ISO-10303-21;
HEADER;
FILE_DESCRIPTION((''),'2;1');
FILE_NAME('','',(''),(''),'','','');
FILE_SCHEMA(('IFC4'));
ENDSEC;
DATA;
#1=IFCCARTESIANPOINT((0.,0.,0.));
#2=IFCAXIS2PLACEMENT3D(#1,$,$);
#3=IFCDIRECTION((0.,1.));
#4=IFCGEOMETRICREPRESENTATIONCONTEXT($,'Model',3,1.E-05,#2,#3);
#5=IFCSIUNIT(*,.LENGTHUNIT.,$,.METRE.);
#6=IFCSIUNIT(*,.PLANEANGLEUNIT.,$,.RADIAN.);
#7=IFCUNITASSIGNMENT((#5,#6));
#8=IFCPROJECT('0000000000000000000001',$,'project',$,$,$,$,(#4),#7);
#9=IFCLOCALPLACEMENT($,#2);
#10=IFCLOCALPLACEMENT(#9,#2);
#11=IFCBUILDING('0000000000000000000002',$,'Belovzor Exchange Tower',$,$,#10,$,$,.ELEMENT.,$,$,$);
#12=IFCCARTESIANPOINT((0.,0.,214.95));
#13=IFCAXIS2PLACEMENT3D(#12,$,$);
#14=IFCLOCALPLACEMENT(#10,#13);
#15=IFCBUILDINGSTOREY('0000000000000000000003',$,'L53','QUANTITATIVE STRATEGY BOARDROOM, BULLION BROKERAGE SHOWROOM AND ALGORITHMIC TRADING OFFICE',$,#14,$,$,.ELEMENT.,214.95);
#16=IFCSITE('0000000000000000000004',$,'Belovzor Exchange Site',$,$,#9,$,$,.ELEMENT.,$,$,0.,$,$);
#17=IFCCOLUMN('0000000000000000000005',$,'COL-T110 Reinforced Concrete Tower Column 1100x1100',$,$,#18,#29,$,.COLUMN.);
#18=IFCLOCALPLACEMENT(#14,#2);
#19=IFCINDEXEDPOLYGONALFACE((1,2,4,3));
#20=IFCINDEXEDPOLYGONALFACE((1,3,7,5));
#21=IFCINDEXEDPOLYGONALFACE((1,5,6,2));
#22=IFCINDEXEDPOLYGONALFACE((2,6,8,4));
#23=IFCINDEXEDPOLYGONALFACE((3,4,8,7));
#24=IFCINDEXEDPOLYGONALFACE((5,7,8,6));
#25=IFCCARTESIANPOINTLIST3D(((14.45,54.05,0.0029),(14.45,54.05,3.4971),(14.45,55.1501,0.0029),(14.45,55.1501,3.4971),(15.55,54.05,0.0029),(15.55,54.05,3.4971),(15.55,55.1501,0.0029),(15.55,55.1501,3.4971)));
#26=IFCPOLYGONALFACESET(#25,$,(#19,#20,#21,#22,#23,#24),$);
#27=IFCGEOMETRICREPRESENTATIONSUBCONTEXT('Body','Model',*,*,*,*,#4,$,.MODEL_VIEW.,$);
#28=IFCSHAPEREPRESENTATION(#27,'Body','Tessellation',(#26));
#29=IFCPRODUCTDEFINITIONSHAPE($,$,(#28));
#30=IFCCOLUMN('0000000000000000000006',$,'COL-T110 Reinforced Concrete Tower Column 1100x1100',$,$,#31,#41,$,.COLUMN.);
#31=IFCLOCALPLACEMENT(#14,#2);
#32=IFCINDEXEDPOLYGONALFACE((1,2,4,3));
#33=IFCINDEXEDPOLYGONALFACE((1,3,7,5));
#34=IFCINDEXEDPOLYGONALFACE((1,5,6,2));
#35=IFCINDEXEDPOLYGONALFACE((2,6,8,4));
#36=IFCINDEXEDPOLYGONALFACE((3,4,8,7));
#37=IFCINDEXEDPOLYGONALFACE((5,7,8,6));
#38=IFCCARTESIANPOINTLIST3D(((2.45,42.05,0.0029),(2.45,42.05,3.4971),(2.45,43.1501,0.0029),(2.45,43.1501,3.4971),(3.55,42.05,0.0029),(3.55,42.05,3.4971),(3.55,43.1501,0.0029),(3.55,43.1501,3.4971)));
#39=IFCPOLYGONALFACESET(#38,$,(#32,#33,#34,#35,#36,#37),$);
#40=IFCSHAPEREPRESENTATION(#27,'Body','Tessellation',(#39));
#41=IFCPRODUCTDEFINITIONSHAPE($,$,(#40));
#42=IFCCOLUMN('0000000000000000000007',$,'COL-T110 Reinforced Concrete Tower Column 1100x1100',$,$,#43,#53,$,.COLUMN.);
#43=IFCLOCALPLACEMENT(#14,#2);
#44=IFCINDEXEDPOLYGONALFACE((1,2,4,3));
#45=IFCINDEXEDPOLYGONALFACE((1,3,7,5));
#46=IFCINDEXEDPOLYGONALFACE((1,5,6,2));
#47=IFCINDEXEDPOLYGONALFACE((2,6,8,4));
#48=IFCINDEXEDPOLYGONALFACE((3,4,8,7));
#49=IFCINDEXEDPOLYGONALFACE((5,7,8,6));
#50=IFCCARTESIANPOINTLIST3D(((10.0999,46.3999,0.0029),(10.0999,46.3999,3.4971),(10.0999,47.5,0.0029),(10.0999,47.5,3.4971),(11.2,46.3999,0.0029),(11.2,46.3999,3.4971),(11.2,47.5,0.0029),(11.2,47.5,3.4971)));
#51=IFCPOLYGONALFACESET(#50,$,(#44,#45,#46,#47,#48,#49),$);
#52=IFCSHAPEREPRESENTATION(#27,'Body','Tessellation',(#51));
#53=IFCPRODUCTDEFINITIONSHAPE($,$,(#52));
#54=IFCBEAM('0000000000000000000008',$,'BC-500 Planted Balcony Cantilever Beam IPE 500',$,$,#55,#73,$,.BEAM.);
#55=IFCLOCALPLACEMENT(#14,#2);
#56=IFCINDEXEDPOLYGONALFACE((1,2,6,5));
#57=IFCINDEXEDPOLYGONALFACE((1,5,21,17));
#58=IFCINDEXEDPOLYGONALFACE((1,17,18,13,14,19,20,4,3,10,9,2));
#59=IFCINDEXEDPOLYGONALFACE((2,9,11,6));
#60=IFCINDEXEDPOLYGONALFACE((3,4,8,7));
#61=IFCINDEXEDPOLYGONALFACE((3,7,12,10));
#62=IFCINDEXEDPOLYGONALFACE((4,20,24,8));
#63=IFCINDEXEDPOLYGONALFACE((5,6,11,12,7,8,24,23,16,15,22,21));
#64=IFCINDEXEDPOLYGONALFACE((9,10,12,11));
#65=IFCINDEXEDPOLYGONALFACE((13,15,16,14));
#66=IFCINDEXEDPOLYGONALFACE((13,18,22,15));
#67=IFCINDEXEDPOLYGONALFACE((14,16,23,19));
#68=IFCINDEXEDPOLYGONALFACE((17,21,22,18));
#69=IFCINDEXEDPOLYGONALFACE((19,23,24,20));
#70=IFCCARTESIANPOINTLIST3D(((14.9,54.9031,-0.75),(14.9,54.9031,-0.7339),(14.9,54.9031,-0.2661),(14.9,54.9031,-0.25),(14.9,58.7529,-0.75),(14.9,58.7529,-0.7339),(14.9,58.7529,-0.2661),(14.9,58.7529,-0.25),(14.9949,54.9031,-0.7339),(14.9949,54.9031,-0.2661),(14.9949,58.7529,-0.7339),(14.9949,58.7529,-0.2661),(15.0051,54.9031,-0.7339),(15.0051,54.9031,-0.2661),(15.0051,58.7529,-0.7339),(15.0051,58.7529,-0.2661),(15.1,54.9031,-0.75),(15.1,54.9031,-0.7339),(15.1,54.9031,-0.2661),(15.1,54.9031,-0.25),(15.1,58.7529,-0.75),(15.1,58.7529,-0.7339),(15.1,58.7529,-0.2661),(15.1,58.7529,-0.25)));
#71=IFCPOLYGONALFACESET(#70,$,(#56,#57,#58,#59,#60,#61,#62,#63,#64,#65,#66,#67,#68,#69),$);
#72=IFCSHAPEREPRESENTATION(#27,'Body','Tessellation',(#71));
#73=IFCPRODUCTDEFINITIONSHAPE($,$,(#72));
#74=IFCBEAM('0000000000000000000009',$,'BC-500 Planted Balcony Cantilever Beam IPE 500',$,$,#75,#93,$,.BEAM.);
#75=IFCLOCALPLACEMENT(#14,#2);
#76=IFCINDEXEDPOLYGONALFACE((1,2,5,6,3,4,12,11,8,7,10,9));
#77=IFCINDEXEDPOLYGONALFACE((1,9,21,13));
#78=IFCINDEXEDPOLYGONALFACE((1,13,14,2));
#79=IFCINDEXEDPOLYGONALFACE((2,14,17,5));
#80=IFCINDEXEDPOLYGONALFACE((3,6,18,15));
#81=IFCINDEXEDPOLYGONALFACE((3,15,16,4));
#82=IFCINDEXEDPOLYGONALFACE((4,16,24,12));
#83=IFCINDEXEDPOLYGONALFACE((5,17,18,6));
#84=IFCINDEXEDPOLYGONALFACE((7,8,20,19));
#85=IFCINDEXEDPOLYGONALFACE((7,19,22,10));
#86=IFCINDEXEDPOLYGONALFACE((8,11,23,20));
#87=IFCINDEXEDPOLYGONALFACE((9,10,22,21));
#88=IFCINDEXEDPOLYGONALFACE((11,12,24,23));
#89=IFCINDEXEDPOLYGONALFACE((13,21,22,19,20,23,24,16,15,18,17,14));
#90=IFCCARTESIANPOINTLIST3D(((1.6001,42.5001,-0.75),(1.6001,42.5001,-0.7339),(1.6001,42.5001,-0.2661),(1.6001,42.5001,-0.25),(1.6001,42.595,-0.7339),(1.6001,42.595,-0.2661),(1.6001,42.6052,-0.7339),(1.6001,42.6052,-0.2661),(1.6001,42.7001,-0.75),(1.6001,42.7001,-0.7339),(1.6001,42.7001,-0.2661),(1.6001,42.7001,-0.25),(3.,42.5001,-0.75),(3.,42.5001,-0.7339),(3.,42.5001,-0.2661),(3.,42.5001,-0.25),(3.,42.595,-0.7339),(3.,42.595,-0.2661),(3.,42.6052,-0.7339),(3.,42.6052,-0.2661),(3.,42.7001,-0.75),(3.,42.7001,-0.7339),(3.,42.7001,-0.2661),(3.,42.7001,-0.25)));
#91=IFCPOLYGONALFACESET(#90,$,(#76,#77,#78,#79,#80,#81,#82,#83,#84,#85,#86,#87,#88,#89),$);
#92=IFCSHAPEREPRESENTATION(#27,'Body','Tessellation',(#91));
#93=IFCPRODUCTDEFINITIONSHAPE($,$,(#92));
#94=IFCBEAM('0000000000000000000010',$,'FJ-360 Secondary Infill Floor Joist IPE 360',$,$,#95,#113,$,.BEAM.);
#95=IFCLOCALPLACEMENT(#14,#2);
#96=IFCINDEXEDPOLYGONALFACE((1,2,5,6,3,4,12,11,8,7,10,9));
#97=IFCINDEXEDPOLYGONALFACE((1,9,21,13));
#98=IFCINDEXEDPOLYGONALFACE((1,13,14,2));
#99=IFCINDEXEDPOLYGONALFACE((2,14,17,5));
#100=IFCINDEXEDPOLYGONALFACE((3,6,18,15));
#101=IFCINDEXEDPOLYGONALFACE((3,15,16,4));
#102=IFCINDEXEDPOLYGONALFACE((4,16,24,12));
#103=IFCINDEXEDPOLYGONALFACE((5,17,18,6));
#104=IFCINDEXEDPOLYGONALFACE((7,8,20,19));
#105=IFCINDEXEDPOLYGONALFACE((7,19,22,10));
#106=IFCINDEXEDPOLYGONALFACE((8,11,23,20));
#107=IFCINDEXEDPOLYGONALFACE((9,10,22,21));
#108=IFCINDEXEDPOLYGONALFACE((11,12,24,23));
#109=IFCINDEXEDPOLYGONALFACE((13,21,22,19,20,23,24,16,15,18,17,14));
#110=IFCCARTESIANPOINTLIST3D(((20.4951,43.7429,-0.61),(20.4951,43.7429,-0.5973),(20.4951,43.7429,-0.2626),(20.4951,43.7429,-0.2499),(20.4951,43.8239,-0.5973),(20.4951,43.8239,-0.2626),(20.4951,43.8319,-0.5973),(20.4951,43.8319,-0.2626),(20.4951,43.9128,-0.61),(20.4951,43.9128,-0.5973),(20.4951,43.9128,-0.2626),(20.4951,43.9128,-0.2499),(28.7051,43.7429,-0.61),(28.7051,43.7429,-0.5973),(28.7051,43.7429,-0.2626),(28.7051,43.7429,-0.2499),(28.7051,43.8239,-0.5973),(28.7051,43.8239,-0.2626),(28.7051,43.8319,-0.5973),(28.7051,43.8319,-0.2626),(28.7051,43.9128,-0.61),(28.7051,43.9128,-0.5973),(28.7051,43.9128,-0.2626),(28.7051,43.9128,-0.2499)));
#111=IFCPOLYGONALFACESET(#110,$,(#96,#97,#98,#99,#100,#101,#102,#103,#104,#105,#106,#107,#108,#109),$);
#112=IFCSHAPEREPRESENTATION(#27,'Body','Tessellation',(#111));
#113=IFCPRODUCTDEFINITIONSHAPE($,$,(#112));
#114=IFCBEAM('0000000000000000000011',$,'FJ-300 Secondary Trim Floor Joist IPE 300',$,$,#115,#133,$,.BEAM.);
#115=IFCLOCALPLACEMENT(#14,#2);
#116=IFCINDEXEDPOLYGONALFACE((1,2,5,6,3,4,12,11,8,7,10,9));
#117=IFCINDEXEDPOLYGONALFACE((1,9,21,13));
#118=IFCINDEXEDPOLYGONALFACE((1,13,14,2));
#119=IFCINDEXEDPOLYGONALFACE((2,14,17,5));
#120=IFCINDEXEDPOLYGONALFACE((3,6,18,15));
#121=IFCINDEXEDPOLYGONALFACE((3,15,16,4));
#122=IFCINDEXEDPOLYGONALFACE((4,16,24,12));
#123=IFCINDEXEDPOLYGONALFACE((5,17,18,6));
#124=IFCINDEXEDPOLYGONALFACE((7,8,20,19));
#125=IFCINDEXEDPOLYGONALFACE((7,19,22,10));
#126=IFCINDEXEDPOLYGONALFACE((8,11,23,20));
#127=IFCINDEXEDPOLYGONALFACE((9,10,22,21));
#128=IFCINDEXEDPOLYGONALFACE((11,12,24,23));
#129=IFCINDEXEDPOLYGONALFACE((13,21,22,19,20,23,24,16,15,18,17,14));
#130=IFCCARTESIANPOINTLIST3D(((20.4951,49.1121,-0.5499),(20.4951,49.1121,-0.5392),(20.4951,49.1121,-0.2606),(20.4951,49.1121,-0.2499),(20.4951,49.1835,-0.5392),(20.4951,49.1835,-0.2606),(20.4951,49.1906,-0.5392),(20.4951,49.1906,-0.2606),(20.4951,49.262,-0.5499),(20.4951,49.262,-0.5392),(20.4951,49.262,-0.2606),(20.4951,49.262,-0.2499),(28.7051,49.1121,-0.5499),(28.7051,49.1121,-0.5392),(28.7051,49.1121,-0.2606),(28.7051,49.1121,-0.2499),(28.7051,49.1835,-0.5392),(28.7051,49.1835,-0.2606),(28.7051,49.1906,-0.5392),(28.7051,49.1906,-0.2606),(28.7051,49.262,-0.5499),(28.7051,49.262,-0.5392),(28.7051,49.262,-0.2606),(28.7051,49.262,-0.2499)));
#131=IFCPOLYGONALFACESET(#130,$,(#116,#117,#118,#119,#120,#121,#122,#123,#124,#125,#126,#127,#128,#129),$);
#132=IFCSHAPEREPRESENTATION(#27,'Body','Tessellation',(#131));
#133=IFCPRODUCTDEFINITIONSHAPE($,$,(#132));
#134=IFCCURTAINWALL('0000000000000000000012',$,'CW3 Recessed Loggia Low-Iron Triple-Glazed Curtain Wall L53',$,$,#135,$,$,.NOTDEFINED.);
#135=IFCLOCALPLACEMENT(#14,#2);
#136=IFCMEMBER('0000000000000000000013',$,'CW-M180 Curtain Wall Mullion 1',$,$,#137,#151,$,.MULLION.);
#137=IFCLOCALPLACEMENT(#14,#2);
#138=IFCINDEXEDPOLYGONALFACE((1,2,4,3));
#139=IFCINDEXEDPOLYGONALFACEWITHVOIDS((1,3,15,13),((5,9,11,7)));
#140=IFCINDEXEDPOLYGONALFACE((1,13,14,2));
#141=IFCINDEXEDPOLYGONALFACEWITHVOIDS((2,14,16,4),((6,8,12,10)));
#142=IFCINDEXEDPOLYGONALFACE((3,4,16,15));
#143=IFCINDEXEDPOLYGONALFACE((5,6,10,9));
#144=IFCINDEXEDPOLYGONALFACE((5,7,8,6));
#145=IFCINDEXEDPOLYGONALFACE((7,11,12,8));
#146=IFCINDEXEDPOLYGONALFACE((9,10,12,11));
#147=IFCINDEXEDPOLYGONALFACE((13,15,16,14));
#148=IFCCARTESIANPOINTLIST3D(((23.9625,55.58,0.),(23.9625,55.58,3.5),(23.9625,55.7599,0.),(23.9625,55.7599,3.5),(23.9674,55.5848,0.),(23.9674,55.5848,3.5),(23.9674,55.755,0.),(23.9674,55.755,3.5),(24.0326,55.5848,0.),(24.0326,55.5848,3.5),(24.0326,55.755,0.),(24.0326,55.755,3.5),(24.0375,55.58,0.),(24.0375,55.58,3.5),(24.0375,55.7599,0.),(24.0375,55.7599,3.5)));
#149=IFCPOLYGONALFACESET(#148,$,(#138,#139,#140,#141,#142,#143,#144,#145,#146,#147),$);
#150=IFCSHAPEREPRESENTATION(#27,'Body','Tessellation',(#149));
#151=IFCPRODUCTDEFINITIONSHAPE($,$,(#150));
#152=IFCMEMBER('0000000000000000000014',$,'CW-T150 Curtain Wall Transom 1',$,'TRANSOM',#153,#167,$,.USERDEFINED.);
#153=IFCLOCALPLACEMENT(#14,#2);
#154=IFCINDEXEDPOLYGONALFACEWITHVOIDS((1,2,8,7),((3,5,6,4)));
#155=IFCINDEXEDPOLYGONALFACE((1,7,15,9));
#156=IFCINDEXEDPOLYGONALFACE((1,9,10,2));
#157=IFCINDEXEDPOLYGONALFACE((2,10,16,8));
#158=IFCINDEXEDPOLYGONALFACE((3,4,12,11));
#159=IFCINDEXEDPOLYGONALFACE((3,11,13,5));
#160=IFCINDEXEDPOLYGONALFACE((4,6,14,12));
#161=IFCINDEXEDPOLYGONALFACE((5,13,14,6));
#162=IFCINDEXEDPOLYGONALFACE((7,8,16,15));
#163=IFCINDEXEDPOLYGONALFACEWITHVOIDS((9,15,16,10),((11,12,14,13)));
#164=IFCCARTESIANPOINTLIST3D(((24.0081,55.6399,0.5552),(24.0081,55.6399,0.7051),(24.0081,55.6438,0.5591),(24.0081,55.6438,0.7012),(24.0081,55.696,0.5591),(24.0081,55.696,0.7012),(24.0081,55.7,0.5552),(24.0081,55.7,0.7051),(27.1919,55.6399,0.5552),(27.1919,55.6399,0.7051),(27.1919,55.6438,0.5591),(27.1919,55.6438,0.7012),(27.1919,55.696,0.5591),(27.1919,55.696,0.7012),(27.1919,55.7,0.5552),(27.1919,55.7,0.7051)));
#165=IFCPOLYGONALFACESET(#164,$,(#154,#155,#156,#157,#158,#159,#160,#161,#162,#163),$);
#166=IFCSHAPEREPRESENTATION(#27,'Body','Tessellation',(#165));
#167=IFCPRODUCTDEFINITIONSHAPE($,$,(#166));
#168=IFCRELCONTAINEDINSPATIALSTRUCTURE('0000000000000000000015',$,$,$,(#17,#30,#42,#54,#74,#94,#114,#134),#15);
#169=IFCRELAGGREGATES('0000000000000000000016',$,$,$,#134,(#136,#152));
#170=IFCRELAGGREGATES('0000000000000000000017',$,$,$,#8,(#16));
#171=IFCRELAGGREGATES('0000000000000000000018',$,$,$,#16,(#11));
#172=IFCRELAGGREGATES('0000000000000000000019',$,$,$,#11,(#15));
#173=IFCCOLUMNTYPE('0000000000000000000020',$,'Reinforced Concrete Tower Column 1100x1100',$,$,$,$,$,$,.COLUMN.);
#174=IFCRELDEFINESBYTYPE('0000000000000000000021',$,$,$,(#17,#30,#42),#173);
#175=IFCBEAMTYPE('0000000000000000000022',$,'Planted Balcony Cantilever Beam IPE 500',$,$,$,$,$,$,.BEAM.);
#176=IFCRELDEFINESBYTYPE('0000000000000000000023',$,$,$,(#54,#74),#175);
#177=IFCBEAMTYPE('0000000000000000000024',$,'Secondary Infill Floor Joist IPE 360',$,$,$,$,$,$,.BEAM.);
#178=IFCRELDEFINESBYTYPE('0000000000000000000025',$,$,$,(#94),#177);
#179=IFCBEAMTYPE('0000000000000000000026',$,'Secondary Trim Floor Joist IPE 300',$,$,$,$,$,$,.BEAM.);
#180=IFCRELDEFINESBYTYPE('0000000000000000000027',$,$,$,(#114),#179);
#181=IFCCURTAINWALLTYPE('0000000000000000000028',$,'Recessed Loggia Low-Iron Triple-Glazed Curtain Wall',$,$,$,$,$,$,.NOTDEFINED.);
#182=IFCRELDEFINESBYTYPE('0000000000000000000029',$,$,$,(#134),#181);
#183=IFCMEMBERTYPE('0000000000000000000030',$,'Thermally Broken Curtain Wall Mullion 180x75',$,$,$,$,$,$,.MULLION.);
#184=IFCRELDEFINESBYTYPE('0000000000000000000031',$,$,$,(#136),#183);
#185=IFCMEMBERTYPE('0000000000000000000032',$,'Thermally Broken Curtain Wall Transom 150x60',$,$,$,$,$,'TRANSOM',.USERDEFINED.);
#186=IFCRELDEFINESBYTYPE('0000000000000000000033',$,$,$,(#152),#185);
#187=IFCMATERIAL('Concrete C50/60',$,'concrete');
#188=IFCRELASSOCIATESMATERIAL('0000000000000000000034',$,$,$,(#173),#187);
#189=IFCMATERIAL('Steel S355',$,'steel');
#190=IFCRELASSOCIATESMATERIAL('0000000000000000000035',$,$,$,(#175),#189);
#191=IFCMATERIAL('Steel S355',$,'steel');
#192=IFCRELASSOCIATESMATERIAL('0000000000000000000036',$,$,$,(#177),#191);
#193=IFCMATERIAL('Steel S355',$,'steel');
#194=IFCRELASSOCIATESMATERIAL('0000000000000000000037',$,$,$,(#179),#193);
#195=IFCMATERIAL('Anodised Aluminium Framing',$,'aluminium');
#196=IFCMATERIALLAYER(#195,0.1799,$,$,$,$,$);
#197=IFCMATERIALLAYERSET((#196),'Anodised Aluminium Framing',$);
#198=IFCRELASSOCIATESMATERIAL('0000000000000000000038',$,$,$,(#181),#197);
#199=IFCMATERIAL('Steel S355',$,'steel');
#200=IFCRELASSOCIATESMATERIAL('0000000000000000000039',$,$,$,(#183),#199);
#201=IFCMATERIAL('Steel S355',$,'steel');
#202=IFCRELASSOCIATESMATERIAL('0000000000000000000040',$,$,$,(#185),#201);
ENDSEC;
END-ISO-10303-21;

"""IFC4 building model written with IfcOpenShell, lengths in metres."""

from ifc_helpers import new_model, si_unit, direction, frame, origin, origin_2d, place, context, subcontext, project, spatial, rectangle, hollow_rectangle, i_section, extrude, material, layer, layer_set, material_profile, profile_set, type_object, element, aggregate, save


model = new_model("IFC4")

# Units and contexts
model_context = context("Model", 3, precision=1e-05, world=origin(), true_north=direction((0.0, 1.0)))
body_context = subcontext(model_context, "Body", "Model", "MODEL_VIEW")
ifc_project = project(units=[si_unit("LENGTHUNIT", "METRE"), si_unit("PLANEANGLEUNIT", "RADIAN")], contexts=[model_context])

# Site, building, storey
site_placement = place(None, origin())
site = spatial("IfcSite", under=ifc_project, at=site_placement, Name="Belovzor Exchange Site", CompositionType="ELEMENT", RefElevation=0.0)
building_placement = place(site_placement, origin())
building = spatial("IfcBuilding", under=site, at=building_placement, Name="Belovzor Exchange Tower", CompositionType="ELEMENT")
storey_placement = place(building_placement, frame((0.0, 0.0, 214.95)))
storey = spatial("IfcBuildingStorey", under=building, at=storey_placement, Name="L53", Description="QUANTITATIVE STRATEGY BOARDROOM, BULLION BROKERAGE SHOWROOM AND ALGORITHMIC TRADING OFFICE", CompositionType="ELEMENT", Elevation=214.95)

# Columns
ifc_material_1 = material(Name="Concrete C50/60", Category="concrete")
ifc_material_profile_1 = material_profile(ifc_material_1, rectangle(XDim=1.1001, YDim=1.1001, at=origin_2d()))
ifc_profile_set_1 = profile_set([ifc_material_profile_1], Name="Concrete C50/60")
column_type = type_object("IfcColumnType", Name="Reinforced Concrete Tower Column 1100x1100", PredefinedType="COLUMN", material=ifc_profile_set_1)
for number, where, z_axis, x_axis, name in (
    (1, (15.0, 54.6001, 0.0029), (0.0, 0.0, 1.0), (1.0, 0.0, 0.0), "COL-T110 Reinforced Concrete Tower Column 1100x1100"),
    (2, (3.0, 42.6001, 0.0029), (0.0, 0.0, 1.0), (1.0, 0.0, 0.0), "COL-T110 Reinforced Concrete Tower Column 1100x1100"),
    (3, (10.6499, 46.95, 0.0029), (0.0, 0.0, 1.0), (1.0, 0.0, 0.0), "COL-T110 Reinforced Concrete Tower Column 1100x1100"),
):
    element("IfcColumn", number, at=place(storey_placement, frame(where, z_axis=z_axis, x_axis=x_axis)), inside=storey, type_object=column_type, Name=name, PredefinedType="COLUMN", context=body_context, shape_type="SweptSolid", body=[
        extrude(rectangle(XDim=1.1001, YDim=1.1001, at=origin_2d()), origin(), (0.0, 0.0, 1.0), 3.4941),
    ])

# Beams
ifc_material_2 = material(Name="Steel S355", Category="steel")
ifc_material_profile_2 = material_profile(ifc_material_2, i_section(OverallWidth=0.2, OverallDepth=0.5, WebThickness=0.0103, FlangeThickness=0.0161, at=origin_2d()))
ifc_profile_set_2 = profile_set([ifc_material_profile_2], Name="Steel S355")
beam_type_1 = type_object("IfcBeamType", Name="Planted Balcony Cantilever Beam IPE 500", PredefinedType="BEAM", material=ifc_profile_set_2)
beam_1_placement = place(storey_placement, frame((15.0, 54.9031, -0.5), z_axis=(0.0, 1.0, 0.0), x_axis=(-1.0, 0.0, 0.0)))
element("IfcBeam", 4, at=beam_1_placement, inside=storey, type_object=beam_type_1, Name="BC-500 Planted Balcony Cantilever Beam IPE 500", PredefinedType="BEAM", context=body_context, shape_type="SweptSolid", body=[
    extrude(i_section(OverallWidth=0.2, OverallDepth=0.5, WebThickness=0.0103, FlangeThickness=0.0161, at=origin_2d()), origin(), (0.0, 0.0, 1.0), 3.8499),
])
beam_2_placement = place(storey_placement, frame((3.0, 42.6001, -0.5), z_axis=(-1.0, 0.0, 0.0), x_axis=(0.0, -1.0, 0.0)))
element("IfcBeam", 5, at=beam_2_placement, inside=storey, type_object=beam_type_1, Name="BC-500 Planted Balcony Cantilever Beam IPE 500", PredefinedType="BEAM", context=body_context, shape_type="SweptSolid", body=[
    extrude(i_section(OverallWidth=0.2, OverallDepth=0.5, WebThickness=0.0103, FlangeThickness=0.0161, at=origin_2d()), origin(), (0.0, 0.0, 1.0), 1.3999),
])
ifc_material_3 = material(Name="Steel S355", Category="steel")
ifc_material_profile_3 = material_profile(ifc_material_3, i_section(OverallWidth=0.1699, OverallDepth=0.3601, WebThickness=0.0081, FlangeThickness=0.0127, at=origin_2d()))
ifc_profile_set_3 = profile_set([ifc_material_profile_3], Name="Steel S355")
beam_type_2 = type_object("IfcBeamType", Name="Secondary Infill Floor Joist IPE 360", PredefinedType="BEAM", material=ifc_profile_set_3)
beam_3_placement = place(storey_placement, frame((20.4951, 43.8279, -0.4299), z_axis=(1.0, 0.0, 0.0), x_axis=(0.0, 1.0, 0.0)))
element("IfcBeam", 6, at=beam_3_placement, inside=storey, type_object=beam_type_2, Name="FJ-360 Secondary Infill Floor Joist IPE 360", PredefinedType="BEAM", context=body_context, shape_type="SweptSolid", body=[
    extrude(i_section(OverallWidth=0.1699, OverallDepth=0.3601, WebThickness=0.0081, FlangeThickness=0.0127, at=origin_2d()), origin(), (0.0, 0.0, 1.0), 8.21),
])
ifc_material_4 = material(Name="Steel S355", Category="steel")
ifc_material_profile_4 = material_profile(ifc_material_4, i_section(OverallWidth=0.1499, OverallDepth=0.3, WebThickness=0.0071, FlangeThickness=0.0107, at=origin_2d()))
ifc_profile_set_4 = profile_set([ifc_material_profile_4], Name="Steel S355")
beam_type_3 = type_object("IfcBeamType", Name="Secondary Trim Floor Joist IPE 300", PredefinedType="BEAM", material=ifc_profile_set_4)
beam_4_placement = place(storey_placement, frame((20.4951, 49.187, -0.3999), z_axis=(1.0, 0.0, 0.0), x_axis=(0.0, 1.0, 0.0)))
element("IfcBeam", 7, at=beam_4_placement, inside=storey, type_object=beam_type_3, Name="FJ-300 Secondary Trim Floor Joist IPE 300", PredefinedType="BEAM", context=body_context, shape_type="SweptSolid", body=[
    extrude(i_section(OverallWidth=0.1499, OverallDepth=0.3, WebThickness=0.0071, FlangeThickness=0.0107, at=origin_2d()), origin(), (0.0, 0.0, 1.0), 8.21),
])

# Curtain wall, members
ifc_material_5 = material(Name="Anodised Aluminium Framing", Category="aluminium")
ifc_layer_1 = layer(ifc_material_5, 0.1799)
ifc_layer_set_1 = layer_set([ifc_layer_1], Name="Anodised Aluminium Framing")
curtain_wall_type = type_object("IfcCurtainWallType", Name="Recessed Loggia Low-Iron Triple-Glazed Curtain Wall", PredefinedType="NOTDEFINED", material=ifc_layer_set_1)
curtain_wall_placement = place(storey_placement, origin())
curtain_wall = element("IfcCurtainWall", 8, at=curtain_wall_placement, inside=storey, type_object=curtain_wall_type, Name="CW3 Recessed Loggia Low-Iron Triple-Glazed Curtain Wall L53", PredefinedType="NOTDEFINED")
ifc_material_6 = material(Name="Steel S355", Category="steel")
ifc_material_profile_5 = material_profile(ifc_material_6, hollow_rectangle(XDim=0.075, YDim=0.1799, WallThickness=0.0049, at=origin_2d()))
ifc_profile_set_5 = profile_set([ifc_material_profile_5], Name="Steel S355")
member_type_1 = type_object("IfcMemberType", Name="Thermally Broken Curtain Wall Mullion 180x75", PredefinedType="MULLION", material=ifc_profile_set_5)
member_1_placement = place(storey_placement, frame((24.0, 55.6699, 0.0), z_axis=(0.0, 0.0, 1.0), x_axis=(1.0, 0.0, 0.0)))
member_1 = element("IfcMember", 9, at=member_1_placement, type_object=member_type_1, Name="CW-M180 Curtain Wall Mullion 1", PredefinedType="MULLION", context=body_context, shape_type="SweptSolid", body=[
    extrude(hollow_rectangle(XDim=0.075, YDim=0.1799, WallThickness=0.0049, at=origin_2d()), origin(), (0.0, 0.0, 1.0), 3.5),
])
ifc_material_7 = material(Name="Steel S355", Category="steel")
ifc_material_profile_6 = material_profile(ifc_material_7, hollow_rectangle(XDim=0.0601, YDim=0.1499, WallThickness=0.0039, at=origin_2d()))
ifc_profile_set_6 = profile_set([ifc_material_profile_6], Name="Steel S355")
member_type_2 = type_object("IfcMemberType", Name="Thermally Broken Curtain Wall Transom 150x60", ElementType="TRANSOM", PredefinedType="USERDEFINED", material=ifc_profile_set_6)
member_2_placement = place(storey_placement, frame((24.0081, 55.6699, 0.6301), z_axis=(1.0, 0.0, 0.0), x_axis=(0.0, 1.0, 0.0)))
member_2 = element("IfcMember", 10, at=member_2_placement, type_object=member_type_2, Name="CW-T150 Curtain Wall Transom 1", ObjectType="TRANSOM", PredefinedType="USERDEFINED", context=body_context, shape_type="SweptSolid", body=[
    extrude(hollow_rectangle(XDim=0.0601, YDim=0.1499, WallThickness=0.0039, at=origin_2d()), origin(), (0.0, 0.0, 1.0), 3.1838),
])

aggregate(curtain_wall, [member_1, member_2])

save(model, "model.ifc")
